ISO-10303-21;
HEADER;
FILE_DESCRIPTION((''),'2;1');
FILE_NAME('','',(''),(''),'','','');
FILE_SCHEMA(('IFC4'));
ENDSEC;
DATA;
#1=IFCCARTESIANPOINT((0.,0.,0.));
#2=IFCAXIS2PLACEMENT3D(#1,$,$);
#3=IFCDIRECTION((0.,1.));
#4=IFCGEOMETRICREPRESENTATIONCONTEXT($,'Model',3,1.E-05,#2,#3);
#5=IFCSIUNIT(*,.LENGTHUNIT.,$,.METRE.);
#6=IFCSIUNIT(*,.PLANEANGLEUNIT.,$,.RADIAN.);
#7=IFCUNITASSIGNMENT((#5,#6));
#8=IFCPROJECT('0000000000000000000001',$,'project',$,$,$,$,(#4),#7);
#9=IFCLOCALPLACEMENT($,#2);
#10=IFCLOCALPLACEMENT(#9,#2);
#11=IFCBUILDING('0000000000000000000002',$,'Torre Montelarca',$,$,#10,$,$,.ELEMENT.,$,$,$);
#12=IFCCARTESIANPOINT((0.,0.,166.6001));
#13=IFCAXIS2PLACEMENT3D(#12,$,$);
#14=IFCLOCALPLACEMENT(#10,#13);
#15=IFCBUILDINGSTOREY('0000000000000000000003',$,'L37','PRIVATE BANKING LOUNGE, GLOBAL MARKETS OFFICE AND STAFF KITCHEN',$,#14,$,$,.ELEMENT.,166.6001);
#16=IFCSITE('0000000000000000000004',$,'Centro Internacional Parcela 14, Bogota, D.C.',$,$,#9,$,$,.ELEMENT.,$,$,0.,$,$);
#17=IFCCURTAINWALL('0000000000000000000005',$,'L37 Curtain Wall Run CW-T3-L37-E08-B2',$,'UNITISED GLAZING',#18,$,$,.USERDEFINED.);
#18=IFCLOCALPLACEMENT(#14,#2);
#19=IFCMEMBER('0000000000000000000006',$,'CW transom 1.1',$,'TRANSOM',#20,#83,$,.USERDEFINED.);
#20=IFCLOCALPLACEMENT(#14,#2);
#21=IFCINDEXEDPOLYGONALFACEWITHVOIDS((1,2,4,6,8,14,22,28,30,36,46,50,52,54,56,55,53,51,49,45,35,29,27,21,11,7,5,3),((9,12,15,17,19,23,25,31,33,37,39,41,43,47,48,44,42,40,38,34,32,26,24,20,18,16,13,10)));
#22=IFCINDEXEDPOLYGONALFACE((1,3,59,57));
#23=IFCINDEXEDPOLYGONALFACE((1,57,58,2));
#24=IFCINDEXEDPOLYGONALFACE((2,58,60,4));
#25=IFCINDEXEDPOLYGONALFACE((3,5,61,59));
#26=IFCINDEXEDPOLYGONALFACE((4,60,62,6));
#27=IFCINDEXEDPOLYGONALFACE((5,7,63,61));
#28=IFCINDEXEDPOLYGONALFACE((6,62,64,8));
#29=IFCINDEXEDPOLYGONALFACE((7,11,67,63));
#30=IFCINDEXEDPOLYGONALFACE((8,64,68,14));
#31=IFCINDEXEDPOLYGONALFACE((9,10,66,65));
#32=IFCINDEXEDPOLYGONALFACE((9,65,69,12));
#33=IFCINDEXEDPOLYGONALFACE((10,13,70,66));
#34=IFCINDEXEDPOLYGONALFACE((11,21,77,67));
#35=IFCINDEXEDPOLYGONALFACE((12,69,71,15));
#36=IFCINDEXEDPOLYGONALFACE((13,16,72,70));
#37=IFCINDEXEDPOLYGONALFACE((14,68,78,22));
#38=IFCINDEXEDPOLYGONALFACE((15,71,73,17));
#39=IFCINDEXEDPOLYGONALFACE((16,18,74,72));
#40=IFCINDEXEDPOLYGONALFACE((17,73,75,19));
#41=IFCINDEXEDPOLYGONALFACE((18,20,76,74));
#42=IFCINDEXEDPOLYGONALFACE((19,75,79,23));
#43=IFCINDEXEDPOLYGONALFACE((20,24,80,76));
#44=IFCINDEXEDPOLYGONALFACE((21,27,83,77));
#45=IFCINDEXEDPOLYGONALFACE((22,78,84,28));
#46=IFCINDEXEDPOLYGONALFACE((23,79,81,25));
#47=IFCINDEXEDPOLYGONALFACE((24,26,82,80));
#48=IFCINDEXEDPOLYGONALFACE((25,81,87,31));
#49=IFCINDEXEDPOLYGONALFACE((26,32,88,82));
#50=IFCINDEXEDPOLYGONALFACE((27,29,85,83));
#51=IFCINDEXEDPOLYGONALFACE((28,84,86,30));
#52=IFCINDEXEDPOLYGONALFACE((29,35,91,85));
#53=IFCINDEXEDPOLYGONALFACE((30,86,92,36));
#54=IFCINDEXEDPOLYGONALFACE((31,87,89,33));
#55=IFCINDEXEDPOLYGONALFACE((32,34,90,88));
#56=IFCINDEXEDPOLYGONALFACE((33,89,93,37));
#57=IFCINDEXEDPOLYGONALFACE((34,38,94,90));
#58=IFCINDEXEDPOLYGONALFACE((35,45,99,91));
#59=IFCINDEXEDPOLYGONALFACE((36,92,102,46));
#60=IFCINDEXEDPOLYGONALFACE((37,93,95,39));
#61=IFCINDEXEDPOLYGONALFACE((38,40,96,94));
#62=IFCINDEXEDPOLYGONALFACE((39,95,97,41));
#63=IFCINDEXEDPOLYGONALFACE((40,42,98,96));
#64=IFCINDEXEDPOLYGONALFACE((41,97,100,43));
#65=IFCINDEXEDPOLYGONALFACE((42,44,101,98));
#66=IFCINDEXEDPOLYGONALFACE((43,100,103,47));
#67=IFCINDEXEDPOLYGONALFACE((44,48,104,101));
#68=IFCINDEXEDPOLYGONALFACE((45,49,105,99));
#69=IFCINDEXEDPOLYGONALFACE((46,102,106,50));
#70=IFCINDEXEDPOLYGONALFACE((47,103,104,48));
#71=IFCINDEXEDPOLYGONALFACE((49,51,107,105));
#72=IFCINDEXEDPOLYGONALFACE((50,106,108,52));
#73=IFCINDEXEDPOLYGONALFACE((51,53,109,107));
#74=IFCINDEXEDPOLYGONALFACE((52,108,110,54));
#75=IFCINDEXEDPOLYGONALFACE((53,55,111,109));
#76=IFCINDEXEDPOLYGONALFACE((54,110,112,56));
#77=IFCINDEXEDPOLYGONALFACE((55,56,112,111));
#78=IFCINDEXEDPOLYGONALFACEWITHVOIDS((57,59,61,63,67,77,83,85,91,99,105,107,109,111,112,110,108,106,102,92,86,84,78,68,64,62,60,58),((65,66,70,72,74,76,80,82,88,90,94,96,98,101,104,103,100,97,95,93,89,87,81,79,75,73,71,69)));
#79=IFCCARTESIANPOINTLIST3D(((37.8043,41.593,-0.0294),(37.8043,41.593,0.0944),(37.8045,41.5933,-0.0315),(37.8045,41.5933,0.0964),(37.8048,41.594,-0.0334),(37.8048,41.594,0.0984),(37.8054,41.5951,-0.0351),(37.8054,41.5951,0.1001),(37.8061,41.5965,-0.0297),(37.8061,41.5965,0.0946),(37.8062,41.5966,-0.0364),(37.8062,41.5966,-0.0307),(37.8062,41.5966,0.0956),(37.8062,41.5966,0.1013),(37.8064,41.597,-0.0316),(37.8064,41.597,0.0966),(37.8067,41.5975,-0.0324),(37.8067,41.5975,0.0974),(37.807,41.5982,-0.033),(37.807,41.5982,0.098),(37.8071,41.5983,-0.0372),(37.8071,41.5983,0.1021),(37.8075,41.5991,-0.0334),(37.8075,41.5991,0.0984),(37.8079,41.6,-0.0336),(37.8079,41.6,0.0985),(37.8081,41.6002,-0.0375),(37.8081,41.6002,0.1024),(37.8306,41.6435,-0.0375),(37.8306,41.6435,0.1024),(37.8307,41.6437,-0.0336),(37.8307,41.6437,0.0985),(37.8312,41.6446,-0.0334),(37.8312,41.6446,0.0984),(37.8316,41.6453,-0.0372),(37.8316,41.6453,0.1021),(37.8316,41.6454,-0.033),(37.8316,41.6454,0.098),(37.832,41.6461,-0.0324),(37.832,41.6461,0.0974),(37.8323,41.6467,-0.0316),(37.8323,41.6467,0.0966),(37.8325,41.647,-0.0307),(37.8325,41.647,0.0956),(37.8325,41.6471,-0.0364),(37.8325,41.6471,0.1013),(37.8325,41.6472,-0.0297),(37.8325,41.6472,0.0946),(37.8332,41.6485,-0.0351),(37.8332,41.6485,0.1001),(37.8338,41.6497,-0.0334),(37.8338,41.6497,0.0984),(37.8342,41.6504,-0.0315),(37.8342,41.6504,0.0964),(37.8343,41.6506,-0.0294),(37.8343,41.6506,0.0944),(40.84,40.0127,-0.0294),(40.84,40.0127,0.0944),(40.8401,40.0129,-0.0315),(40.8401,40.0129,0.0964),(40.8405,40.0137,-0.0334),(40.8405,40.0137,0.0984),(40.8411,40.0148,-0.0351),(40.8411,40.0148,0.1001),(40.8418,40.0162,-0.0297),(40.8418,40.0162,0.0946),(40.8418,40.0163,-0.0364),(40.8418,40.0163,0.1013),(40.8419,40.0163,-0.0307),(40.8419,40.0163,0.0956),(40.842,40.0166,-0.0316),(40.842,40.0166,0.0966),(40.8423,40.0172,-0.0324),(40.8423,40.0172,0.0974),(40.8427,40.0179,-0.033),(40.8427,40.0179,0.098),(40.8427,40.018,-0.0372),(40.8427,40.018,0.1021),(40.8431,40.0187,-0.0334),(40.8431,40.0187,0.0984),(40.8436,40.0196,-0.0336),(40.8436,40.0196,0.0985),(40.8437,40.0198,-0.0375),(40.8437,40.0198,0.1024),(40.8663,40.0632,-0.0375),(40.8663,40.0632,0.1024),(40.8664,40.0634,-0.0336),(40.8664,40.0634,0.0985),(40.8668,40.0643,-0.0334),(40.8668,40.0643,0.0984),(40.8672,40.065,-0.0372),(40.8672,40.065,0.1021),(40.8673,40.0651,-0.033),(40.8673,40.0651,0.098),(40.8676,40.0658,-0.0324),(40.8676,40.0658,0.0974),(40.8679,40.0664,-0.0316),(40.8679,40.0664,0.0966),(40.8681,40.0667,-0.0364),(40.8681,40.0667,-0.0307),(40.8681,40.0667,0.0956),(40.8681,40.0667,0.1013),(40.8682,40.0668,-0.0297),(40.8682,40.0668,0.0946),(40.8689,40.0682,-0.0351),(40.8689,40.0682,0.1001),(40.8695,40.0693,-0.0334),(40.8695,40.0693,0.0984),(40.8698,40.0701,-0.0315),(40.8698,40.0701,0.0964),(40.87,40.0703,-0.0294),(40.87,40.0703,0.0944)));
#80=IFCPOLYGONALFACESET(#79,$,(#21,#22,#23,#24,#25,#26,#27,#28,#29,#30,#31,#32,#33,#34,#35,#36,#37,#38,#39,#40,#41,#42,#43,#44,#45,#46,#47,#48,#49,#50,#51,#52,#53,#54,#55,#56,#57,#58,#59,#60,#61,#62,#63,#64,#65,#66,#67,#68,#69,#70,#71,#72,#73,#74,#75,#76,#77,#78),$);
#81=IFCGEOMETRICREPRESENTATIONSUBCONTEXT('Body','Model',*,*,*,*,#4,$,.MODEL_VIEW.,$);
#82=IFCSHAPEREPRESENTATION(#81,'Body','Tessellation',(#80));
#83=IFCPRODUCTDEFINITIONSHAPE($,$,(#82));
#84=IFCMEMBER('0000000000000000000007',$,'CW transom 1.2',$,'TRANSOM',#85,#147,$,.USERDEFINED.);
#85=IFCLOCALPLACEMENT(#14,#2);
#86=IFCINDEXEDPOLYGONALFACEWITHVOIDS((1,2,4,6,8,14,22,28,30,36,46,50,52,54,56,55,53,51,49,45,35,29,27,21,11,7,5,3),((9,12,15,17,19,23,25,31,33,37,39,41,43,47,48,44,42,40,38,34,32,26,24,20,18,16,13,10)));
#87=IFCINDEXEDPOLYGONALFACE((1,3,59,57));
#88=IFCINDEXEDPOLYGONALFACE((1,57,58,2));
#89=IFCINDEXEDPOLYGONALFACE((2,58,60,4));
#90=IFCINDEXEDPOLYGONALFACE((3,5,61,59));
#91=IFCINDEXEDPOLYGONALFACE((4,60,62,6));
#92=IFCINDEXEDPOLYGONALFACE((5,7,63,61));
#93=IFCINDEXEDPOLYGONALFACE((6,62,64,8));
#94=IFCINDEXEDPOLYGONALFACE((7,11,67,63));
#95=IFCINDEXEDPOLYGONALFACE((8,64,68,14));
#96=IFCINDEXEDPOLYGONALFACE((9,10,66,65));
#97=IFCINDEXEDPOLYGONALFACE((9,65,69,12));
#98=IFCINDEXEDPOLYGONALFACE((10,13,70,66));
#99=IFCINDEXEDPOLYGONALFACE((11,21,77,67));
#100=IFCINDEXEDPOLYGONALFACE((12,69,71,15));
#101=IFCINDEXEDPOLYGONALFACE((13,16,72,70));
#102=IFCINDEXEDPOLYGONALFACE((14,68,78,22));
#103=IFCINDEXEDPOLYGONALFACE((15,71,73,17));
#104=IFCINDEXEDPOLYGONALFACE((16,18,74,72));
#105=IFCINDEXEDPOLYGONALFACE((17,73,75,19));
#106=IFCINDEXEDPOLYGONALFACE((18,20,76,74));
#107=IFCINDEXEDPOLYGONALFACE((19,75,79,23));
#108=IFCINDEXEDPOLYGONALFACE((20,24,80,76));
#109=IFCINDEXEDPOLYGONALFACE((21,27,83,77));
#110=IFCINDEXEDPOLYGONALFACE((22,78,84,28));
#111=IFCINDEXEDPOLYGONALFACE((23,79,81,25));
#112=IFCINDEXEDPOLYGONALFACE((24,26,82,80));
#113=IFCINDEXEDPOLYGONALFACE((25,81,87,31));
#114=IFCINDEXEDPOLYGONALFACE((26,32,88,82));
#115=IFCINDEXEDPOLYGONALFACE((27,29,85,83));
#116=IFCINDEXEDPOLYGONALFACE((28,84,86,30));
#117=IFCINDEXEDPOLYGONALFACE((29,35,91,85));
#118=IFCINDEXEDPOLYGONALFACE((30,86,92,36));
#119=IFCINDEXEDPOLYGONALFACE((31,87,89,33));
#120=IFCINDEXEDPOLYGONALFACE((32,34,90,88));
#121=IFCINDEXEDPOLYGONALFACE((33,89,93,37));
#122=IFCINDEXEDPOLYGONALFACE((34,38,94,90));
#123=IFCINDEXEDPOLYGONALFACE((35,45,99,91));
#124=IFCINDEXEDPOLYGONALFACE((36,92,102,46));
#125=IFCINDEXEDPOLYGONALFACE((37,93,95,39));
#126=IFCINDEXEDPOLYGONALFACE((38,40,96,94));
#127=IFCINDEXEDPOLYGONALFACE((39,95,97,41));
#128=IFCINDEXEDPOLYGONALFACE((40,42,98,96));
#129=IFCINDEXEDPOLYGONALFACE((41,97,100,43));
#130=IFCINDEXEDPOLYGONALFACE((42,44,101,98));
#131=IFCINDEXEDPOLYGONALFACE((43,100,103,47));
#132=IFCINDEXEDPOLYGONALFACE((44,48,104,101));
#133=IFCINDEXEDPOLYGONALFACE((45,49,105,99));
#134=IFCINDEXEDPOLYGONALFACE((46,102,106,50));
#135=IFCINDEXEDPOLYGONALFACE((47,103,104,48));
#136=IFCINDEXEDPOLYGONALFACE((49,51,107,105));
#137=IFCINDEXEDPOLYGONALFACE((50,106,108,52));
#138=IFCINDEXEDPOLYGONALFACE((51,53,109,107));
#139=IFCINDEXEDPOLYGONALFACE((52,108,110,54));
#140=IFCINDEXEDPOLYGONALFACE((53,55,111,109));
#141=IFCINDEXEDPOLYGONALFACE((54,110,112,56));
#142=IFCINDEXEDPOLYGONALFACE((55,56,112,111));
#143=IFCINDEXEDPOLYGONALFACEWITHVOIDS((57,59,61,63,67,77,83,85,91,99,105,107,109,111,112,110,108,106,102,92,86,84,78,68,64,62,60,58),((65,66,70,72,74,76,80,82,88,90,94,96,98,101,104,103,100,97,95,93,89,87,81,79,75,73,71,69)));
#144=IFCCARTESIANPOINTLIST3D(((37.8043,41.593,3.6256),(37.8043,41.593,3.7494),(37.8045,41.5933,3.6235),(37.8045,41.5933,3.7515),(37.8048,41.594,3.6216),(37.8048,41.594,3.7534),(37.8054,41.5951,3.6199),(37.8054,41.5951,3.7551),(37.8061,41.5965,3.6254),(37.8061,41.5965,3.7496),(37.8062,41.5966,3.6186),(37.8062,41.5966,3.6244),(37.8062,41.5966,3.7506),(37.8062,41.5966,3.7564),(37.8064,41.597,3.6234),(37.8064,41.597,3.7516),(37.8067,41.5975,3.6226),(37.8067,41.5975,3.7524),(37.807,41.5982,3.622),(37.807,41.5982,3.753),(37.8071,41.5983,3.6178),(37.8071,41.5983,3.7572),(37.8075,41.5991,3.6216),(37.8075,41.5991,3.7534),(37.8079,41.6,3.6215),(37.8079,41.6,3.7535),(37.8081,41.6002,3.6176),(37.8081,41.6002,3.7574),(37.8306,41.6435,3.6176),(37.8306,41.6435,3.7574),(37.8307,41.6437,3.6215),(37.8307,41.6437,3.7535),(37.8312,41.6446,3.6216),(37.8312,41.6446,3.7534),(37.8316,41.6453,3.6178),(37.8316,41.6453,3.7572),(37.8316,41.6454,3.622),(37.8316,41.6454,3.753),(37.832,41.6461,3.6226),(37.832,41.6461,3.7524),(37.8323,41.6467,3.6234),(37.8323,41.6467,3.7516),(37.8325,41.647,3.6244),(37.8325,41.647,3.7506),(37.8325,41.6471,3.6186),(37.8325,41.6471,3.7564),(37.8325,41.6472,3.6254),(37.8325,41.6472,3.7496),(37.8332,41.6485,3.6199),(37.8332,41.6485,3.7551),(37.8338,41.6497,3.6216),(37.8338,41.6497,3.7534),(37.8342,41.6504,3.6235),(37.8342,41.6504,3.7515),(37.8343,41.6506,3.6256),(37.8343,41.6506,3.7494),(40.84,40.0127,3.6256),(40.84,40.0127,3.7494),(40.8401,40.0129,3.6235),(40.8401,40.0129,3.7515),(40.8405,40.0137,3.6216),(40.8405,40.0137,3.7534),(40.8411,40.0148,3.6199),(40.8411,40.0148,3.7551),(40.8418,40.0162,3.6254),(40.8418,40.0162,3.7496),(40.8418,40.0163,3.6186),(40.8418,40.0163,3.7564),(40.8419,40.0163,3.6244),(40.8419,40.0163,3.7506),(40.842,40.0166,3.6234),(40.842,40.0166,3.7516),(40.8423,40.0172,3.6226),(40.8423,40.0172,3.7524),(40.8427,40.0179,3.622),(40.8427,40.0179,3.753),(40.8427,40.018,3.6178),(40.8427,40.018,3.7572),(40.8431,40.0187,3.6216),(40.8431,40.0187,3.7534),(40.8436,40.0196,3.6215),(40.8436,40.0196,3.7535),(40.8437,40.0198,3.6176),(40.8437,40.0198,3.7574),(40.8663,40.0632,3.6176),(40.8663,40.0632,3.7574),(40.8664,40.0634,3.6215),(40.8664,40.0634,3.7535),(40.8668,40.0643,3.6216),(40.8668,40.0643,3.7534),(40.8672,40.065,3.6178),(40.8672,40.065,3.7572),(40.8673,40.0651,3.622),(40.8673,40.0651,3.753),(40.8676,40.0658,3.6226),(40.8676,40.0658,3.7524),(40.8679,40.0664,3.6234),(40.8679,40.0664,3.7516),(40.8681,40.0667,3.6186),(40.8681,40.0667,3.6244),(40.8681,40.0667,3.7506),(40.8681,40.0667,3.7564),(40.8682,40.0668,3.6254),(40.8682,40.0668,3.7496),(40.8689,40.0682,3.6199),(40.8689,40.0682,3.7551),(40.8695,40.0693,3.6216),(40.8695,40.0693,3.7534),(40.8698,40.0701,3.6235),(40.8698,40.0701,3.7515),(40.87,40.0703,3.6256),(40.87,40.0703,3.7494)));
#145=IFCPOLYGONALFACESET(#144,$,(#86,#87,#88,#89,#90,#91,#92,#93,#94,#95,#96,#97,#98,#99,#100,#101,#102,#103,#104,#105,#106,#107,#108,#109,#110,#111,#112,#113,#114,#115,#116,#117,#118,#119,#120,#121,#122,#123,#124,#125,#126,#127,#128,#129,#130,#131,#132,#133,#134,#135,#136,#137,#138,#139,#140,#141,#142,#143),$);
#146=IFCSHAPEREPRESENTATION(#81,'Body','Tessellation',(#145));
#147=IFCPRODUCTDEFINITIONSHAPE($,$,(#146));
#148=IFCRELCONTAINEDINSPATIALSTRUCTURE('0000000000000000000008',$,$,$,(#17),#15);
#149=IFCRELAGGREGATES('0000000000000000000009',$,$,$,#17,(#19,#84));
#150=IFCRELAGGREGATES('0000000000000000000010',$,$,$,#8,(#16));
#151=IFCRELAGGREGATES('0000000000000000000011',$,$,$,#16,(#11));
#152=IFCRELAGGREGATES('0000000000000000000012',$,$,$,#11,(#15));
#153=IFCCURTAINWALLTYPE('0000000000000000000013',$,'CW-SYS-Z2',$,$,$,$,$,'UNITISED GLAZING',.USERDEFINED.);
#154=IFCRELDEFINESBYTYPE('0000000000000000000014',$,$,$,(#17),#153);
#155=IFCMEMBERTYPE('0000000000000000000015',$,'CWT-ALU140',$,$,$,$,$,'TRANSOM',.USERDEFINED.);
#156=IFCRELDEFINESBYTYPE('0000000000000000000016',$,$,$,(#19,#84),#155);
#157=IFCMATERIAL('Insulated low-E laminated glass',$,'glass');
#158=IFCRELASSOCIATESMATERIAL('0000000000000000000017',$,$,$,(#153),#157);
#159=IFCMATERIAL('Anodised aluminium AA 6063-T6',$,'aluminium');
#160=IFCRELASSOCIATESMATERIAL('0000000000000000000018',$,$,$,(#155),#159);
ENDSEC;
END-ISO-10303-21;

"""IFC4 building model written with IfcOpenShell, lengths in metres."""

from ifc_helpers import new_model, si_unit, direction, frame, origin, origin_2d, place, context, subcontext, project, spatial, hollow_rectangle, extrude, source, transform, mapped, material, material_profile, profile_set, type_object, element, aggregate, save


model = new_model("IFC4")

# Units and contexts
model_context = context("Model", 3, precision=1e-05, world=origin(), true_north=direction((0.0, 1.0)))
body_context = subcontext(model_context, "Body", "Model", "MODEL_VIEW")
ifc_project = project(units=[si_unit("LENGTHUNIT", "METRE"), si_unit("PLANEANGLEUNIT", "RADIAN")], contexts=[model_context])

# Site, building, storey
site_placement = place(None, origin())
site = spatial("IfcSite", under=ifc_project, at=site_placement, Name="Centro Internacional Parcela 14, Bogota, D.C.", CompositionType="ELEMENT", RefElevation=0.0)
building_placement = place(site_placement, origin())
building = spatial("IfcBuilding", under=site, at=building_placement, Name="Torre Montelarca", CompositionType="ELEMENT")
storey_placement = place(building_placement, frame((0.0, 0.0, 166.6001)))
storey = spatial("IfcBuildingStorey", under=building, at=storey_placement, Name="L37", Description="PRIVATE BANKING LOUNGE, GLOBAL MARKETS OFFICE AND STAFF KITCHEN", CompositionType="ELEMENT", Elevation=166.6001)

# Shared definitions
ifc_material_1 = material(Name="Insulated low-E laminated glass", Category="glass")
curtain_wall_type = type_object("IfcCurtainWallType", Name="CW-SYS-Z2", ElementType="UNITISED GLAZING", PredefinedType="USERDEFINED", material=ifc_material_1)
ifc_material_2 = material(Name="Anodised aluminium AA 6063-T6", Category="aluminium")
ifc_material_profile_1 = material_profile(ifc_material_2, hollow_rectangle(XDim=0.0649, YDim=0.1399, WallThickness=0.0039, InnerFilletRadius=0.0039, OuterFilletRadius=0.0081, at=origin_2d()), Name="ALU65X140X4", Category="aluminium")
ifc_profile_set_1 = profile_set([ifc_material_profile_1], Name="Anodised aluminium AA 6063-T6")
member_type_1 = type_object("IfcMemberType", Name="CWT-ALU140", ElementType="TRANSOM", PredefinedType="USERDEFINED", material=ifc_profile_set_1)

# Curtain wall
curtain_wall_1_placement = place(storey_placement, origin())
curtain_wall_1 = element("IfcCurtainWall", 1, at=curtain_wall_1_placement, inside=storey, type_object=curtain_wall_type, Name="L37 Curtain Wall Run CW-T3-L37-E08-B2", ObjectType="UNITISED GLAZING", PredefinedType="USERDEFINED")

# Members
shared_shape_1 = source(origin(), body_context, "Body", "SweptSolid", [
    extrude(hollow_rectangle(XDim=0.0649, YDim=0.1399, WallThickness=0.0039, InnerFilletRadius=0.0039, OuterFilletRadius=0.0081, at=origin_2d()), origin(), (0.0, 0.0, 1.0), 3.4224),
])
member_1_placement = place(storey_placement, frame((40.855, 40.0415, 0.0325), z_axis=(-0.887003, 0.461764, 0.0), x_axis=(-0.461764, -0.887003, 0.0)))
member_1 = element("IfcMember", 2, at=member_1_placement, type_object=member_type_1, Name="CW transom 1.1", ObjectType="TRANSOM", PredefinedType="USERDEFINED", context=body_context, shape_type="MappedRepresentation", body=[
    mapped(shared_shape_1, transform((0.0, 0.0, 0.0), scale=1.0)),
])
member_2_placement = place(storey_placement, frame((40.855, 40.0415, 3.6875), z_axis=(-0.887003, 0.461764, 0.0), x_axis=(-0.461764, -0.887003, 0.0)))
member_2 = element("IfcMember", 3, at=member_2_placement, type_object=member_type_1, Name="CW transom 1.2", ObjectType="TRANSOM", PredefinedType="USERDEFINED", context=body_context, shape_type="MappedRepresentation", body=[
    mapped(shared_shape_1, transform((0.0, 0.0, 0.0), scale=1.0)),
])

aggregate(curtain_wall_1, [member_1, member_2])

save(model, "model.ifc")
